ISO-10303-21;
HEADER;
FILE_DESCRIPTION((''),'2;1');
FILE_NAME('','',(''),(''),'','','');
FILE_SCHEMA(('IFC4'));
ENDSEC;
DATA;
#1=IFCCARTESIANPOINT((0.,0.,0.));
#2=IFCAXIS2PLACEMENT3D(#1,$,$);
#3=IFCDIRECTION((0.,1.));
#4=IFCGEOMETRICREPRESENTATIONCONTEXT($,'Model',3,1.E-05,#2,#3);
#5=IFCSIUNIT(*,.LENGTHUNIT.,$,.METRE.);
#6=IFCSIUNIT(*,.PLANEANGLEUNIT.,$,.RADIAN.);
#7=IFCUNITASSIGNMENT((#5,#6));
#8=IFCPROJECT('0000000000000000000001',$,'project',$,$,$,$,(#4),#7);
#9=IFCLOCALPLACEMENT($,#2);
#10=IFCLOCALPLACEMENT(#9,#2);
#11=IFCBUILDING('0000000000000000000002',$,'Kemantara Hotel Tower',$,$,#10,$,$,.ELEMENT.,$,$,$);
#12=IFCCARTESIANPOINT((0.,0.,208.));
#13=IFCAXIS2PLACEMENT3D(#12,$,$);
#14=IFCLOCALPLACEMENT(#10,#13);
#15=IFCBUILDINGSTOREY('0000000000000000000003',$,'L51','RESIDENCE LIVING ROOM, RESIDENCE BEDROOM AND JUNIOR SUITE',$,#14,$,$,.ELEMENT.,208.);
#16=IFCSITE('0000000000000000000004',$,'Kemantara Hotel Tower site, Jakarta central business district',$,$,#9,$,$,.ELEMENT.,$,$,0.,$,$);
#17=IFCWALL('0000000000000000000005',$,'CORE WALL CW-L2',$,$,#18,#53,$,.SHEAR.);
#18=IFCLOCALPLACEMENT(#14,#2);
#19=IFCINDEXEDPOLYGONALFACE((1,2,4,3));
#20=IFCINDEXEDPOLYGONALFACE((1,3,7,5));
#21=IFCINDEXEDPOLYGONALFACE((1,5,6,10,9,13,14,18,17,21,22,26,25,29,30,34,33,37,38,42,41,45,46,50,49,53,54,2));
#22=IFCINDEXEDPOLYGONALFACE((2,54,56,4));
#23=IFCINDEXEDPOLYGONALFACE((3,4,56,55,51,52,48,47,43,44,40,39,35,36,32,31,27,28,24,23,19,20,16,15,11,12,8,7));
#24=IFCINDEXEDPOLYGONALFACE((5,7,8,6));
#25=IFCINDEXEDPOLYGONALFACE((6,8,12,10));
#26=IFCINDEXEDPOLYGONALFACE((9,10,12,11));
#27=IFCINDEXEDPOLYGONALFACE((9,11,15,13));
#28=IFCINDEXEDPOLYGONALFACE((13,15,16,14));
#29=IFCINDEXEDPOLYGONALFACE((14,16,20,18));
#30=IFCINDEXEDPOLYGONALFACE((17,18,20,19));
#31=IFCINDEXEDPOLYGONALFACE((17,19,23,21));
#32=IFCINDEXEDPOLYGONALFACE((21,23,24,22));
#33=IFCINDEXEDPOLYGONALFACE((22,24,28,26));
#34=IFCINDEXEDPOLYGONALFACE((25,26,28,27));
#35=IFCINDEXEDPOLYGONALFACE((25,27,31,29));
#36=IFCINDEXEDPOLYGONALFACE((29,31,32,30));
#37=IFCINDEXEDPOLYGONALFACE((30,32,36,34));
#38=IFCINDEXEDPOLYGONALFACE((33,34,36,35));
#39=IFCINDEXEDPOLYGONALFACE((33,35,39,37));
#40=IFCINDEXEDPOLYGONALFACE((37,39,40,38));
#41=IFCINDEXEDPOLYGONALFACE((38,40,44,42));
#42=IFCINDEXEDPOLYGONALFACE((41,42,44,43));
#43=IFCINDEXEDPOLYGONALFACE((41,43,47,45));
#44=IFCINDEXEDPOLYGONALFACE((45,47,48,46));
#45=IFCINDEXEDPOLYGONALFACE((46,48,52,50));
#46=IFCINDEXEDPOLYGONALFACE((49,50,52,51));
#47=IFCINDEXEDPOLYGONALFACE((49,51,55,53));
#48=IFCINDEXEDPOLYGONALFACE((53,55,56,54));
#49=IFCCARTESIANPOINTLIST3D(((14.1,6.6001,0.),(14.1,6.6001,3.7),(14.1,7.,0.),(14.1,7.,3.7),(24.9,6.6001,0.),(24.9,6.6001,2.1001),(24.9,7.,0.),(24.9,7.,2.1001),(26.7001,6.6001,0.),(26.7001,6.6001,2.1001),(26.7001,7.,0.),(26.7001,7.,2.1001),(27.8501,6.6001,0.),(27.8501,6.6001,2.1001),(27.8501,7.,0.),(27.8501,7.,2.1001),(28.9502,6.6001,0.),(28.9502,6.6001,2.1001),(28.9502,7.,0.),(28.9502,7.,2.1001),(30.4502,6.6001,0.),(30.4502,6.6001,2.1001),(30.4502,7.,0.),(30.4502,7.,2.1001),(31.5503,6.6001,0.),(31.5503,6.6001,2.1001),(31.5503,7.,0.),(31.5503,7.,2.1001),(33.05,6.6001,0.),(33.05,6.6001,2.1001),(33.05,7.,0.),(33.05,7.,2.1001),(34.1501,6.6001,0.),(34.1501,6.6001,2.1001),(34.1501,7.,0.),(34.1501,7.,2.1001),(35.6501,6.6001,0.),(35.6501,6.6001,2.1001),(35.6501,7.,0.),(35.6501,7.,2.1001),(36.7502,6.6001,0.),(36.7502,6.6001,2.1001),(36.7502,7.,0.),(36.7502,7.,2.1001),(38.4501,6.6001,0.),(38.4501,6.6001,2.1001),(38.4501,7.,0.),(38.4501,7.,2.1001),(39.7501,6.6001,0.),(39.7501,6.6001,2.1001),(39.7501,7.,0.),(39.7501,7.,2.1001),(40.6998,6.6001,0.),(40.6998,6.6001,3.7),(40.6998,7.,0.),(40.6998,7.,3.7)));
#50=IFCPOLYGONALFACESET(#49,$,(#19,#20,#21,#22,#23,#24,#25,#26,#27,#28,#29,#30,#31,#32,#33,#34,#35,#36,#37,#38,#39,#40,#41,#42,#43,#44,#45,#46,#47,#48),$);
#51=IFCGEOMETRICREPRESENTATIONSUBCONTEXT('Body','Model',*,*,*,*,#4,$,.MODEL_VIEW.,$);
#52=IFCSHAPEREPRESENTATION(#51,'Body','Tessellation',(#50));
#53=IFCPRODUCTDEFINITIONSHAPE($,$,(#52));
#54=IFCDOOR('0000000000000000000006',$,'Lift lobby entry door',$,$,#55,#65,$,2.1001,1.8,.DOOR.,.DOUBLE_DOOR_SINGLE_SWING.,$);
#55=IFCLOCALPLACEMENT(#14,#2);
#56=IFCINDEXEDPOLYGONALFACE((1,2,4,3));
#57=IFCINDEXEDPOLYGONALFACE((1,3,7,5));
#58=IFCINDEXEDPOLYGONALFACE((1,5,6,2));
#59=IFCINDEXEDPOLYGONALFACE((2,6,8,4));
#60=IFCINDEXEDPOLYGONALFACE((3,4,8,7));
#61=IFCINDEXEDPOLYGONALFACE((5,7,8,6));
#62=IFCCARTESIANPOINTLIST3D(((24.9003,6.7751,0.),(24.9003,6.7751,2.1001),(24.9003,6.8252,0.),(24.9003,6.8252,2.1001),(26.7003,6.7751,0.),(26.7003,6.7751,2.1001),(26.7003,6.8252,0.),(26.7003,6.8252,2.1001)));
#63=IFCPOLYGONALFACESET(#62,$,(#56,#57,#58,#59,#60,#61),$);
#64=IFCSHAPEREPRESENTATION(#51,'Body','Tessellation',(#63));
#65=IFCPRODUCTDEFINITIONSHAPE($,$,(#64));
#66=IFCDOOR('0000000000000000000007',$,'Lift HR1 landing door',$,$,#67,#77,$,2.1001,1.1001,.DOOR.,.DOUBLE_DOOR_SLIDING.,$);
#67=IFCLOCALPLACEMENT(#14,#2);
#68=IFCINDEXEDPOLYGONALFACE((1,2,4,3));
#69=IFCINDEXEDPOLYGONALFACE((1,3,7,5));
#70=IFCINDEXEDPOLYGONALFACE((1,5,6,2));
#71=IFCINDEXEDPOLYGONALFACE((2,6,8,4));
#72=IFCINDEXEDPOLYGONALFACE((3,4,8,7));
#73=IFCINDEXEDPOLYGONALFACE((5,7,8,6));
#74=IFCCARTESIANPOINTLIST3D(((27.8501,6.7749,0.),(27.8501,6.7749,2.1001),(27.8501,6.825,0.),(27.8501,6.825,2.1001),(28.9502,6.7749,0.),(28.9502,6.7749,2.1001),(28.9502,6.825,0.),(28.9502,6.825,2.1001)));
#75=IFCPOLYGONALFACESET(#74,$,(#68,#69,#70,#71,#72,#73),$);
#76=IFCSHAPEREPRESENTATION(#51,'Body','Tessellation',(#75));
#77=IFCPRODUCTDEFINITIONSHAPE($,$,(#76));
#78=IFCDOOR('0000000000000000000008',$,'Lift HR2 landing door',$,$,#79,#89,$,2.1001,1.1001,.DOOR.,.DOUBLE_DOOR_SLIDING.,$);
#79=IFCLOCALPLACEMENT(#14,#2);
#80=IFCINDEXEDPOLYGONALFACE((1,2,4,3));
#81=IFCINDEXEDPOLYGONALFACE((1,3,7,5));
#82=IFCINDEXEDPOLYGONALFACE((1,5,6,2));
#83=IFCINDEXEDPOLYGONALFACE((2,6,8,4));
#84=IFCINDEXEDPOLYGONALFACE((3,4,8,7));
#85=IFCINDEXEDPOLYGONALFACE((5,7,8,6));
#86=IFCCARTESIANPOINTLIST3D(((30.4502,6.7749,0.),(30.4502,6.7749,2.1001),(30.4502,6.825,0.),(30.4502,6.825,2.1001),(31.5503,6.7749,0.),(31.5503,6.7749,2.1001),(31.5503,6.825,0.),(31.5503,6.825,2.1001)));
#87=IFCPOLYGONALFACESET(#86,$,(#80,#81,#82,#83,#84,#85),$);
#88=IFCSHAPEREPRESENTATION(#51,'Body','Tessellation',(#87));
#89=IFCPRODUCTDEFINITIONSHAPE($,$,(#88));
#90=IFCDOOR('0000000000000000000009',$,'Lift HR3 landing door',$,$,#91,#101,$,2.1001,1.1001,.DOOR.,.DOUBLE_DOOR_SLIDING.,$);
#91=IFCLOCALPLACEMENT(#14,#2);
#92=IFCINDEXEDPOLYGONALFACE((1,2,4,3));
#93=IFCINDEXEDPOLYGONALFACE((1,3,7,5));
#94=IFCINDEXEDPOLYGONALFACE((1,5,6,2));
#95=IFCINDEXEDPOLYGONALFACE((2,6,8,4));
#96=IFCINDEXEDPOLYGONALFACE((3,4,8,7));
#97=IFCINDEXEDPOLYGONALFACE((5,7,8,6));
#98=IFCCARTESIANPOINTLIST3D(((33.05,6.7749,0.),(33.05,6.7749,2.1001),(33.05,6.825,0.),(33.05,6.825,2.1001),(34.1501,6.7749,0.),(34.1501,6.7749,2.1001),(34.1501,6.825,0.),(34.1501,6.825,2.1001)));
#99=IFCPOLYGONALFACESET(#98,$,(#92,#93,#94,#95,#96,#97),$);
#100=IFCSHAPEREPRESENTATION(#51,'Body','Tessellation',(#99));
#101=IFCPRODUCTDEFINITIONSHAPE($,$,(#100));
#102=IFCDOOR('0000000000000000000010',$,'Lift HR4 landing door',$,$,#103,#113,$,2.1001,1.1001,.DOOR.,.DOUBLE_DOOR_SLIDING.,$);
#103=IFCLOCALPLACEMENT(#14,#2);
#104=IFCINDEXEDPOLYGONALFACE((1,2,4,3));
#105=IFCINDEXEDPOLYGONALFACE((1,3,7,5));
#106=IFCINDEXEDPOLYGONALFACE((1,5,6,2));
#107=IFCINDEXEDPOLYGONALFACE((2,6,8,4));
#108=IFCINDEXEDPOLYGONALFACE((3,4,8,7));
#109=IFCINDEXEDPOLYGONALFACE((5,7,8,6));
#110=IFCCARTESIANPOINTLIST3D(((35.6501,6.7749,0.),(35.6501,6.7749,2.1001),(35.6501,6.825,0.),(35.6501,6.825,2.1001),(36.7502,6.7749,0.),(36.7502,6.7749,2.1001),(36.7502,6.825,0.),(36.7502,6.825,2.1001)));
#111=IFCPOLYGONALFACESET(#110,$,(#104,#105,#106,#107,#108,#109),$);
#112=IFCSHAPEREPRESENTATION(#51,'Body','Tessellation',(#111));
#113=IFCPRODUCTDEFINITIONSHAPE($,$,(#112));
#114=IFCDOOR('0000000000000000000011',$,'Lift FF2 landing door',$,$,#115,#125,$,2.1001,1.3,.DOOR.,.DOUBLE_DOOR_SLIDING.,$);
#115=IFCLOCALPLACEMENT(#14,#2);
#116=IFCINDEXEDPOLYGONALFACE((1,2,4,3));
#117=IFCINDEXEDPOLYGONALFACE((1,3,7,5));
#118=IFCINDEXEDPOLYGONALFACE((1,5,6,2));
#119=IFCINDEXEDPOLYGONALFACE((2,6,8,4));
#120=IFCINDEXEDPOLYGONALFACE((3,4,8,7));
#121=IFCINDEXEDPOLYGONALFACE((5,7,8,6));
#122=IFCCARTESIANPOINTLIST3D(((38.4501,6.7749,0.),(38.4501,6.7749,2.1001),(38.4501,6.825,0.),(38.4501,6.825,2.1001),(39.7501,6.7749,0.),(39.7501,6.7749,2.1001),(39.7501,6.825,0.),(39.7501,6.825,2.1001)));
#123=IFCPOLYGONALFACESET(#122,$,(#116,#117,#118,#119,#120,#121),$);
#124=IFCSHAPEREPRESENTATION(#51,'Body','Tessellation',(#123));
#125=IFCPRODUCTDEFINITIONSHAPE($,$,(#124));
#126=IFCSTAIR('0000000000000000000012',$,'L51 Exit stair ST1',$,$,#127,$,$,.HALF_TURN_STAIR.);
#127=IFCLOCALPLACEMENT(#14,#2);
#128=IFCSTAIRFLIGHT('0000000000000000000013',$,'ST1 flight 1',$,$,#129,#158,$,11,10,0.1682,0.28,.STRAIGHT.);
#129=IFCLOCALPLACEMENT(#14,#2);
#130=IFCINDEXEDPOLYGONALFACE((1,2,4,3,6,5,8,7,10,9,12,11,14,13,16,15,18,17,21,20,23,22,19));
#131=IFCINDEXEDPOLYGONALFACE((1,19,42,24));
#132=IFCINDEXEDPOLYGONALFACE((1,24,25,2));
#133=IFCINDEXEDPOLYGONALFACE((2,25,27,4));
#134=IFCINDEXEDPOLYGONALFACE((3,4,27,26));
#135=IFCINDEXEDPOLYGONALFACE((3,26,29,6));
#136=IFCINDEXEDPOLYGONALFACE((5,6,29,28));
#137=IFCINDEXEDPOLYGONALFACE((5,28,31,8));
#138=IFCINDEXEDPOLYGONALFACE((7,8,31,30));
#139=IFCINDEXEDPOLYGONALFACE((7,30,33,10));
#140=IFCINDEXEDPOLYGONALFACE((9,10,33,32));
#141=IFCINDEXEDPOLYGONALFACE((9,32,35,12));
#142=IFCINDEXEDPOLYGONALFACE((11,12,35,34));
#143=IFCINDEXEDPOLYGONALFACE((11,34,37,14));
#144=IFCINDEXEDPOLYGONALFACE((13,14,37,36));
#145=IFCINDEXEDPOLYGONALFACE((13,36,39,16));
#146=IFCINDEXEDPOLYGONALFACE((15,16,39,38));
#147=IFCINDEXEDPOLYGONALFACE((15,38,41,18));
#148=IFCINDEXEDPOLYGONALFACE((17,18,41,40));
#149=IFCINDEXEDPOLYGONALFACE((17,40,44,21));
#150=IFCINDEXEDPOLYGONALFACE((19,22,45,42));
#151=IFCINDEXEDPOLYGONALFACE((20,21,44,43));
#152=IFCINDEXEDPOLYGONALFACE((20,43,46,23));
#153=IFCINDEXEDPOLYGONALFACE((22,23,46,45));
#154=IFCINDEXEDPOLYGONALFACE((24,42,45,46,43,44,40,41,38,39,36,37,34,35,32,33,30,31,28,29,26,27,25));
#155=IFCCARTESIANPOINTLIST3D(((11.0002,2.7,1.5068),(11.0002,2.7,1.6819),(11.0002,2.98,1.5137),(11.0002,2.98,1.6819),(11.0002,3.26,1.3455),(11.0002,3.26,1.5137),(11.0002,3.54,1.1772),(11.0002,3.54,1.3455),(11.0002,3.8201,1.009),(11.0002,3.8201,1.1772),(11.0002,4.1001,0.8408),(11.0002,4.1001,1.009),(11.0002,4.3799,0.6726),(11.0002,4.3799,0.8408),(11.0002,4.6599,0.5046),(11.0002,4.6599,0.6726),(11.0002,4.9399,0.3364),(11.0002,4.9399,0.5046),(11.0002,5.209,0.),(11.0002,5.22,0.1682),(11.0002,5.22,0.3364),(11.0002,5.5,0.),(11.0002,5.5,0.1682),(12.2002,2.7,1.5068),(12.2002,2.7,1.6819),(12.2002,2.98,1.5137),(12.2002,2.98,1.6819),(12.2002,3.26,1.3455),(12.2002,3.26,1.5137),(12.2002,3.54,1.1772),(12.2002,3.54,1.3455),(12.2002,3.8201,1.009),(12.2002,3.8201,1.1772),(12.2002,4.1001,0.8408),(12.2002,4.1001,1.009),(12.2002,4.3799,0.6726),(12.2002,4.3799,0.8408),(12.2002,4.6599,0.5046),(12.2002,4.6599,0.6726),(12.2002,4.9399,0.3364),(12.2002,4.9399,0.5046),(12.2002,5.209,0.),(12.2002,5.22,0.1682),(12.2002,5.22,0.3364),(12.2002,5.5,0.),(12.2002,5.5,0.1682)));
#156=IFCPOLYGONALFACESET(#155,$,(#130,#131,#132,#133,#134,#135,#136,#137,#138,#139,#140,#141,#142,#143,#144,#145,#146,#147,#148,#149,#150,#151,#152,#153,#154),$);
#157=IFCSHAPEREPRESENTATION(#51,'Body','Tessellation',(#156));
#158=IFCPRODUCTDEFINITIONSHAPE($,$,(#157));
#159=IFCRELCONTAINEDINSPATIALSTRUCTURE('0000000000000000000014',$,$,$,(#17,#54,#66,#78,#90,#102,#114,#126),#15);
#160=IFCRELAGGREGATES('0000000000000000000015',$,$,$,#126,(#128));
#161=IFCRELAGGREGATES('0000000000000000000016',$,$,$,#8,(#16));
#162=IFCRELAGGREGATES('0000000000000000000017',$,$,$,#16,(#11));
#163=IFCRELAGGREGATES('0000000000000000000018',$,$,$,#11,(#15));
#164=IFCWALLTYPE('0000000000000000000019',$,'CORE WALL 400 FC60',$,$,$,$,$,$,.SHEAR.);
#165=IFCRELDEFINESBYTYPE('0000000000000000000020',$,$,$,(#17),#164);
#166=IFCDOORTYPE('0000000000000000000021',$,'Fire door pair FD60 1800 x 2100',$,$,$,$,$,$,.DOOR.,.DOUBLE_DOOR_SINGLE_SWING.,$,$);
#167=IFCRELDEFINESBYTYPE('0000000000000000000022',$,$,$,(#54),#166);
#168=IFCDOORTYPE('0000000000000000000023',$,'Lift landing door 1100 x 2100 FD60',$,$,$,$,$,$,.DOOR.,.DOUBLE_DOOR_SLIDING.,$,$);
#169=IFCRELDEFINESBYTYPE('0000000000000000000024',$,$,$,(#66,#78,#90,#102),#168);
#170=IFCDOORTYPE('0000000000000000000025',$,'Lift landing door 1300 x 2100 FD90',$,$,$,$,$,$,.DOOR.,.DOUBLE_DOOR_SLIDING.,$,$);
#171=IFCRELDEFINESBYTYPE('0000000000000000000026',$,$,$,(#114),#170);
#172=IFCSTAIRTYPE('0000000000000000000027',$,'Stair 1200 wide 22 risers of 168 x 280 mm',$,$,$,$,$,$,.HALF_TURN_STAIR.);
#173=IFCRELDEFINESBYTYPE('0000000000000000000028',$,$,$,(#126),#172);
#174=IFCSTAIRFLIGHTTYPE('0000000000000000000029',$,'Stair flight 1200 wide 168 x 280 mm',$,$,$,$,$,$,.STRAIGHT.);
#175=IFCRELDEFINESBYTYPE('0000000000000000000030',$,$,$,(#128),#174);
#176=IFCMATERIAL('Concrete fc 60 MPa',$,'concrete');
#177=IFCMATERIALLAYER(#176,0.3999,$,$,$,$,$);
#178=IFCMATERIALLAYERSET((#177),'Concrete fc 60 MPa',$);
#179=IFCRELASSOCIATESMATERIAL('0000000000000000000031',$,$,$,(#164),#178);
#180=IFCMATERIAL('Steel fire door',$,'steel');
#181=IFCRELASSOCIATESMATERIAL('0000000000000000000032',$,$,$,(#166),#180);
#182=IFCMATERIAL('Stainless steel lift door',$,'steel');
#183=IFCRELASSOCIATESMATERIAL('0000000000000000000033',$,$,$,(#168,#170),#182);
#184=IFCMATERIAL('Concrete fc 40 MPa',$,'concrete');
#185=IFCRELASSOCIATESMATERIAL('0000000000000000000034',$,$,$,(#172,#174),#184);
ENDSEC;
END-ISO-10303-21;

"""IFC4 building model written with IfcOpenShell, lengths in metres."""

from ifc_helpers import new_model, si_unit, direction, frame, frame_2d, origin, place, context, subcontext, project, spatial, polyline, rectangle, outline, extrude, material, layer, layer_set, type_object, element, fill, aggregate, save


model = new_model("IFC4")

# Units and contexts
model_context = context("Model", 3, precision=1e-05, world=origin(), true_north=direction((0.0, 1.0)))
body_context = subcontext(model_context, "Body", "Model", "MODEL_VIEW")
ifc_project = project(units=[si_unit("LENGTHUNIT", "METRE"), si_unit("PLANEANGLEUNIT", "RADIAN")], contexts=[model_context])

# Site, building, storey
site_placement = place(None, origin())
site = spatial("IfcSite", under=ifc_project, at=site_placement, Name="Kemantara Hotel Tower site, Jakarta central business district", CompositionType="ELEMENT", RefElevation=0.0)
building_placement = place(site_placement, origin())
building = spatial("IfcBuilding", under=site, at=building_placement, Name="Kemantara Hotel Tower", CompositionType="ELEMENT")
storey_placement = place(building_placement, frame((0.0, 0.0, 208.0)))
storey = spatial("IfcBuildingStorey", under=building, at=storey_placement, Name="L51", Description="RESIDENCE LIVING ROOM, RESIDENCE BEDROOM AND JUNIOR SUITE", CompositionType="ELEMENT", Elevation=208.0)

# Shared definitions
ifc_material_1 = material(Name="Concrete fc 60 MPa", Category="concrete")

# Shared definitions
ifc_layer_1 = layer(ifc_material_1, 0.3999)
ifc_layer_set_1 = layer_set([ifc_layer_1], Name="Concrete fc 60 MPa")
wall_type_1 = type_object("IfcWallType", Name="CORE WALL 400 FC60", PredefinedType="SHEAR", material=ifc_layer_set_1)
ifc_material_2 = material(Name="Steel fire door", Category="steel")

# Wall, openings, doors
wall_1_placement = place(storey_placement, frame((14.1001, 6.8, 0.0), z_axis=(0.0, 0.0, 1.0), x_axis=(1.0, 0.0, 0.0)))
wall_1 = element("IfcWall", 1, at=wall_1_placement, inside=storey, type_object=wall_type_1, Name="CORE WALL CW-L2", PredefinedType="SHEAR", context=body_context, shape_type="SweptSolid", body=[
    extrude(rectangle(XDim=26.5999, YDim=0.3999, at=frame_2d((13.2998, 0.0))), origin(), (0.0, 0.0, 1.0), 3.7),
])
opening_1_placement = place(wall_1_placement, frame((10.8, 0.0, 0.0)))
opening_1 = element("IfcOpeningElement", 2, at=opening_1_placement, cuts=wall_1, PredefinedType="OPENING", context=body_context, shape_type="SweptSolid", body=[
    extrude(rectangle(XDim=1.8, YDim=2.1001, at=frame_2d((0.8999, 1.05))), frame((0.0, 0.21, 0.0), z_axis=(0.0, -1.0, 0.0), x_axis=(1.0, 0.0, 0.0)), (0.0, 0.0, 1.0), 0.4199),
])
opening_2_placement = place(wall_1_placement, frame((13.75, 0.0, 0.0)))
opening_2 = element("IfcOpeningElement", 3, at=opening_2_placement, cuts=wall_1, PredefinedType="OPENING", context=body_context, shape_type="SweptSolid", body=[
    extrude(rectangle(XDim=1.1001, YDim=2.1001, at=frame_2d((0.55, 1.05))), frame((0.0, 0.21, 0.0), z_axis=(0.0, -1.0, 0.0), x_axis=(1.0, 0.0, 0.0)), (0.0, 0.0, 1.0), 0.4199),
])
opening_3_placement = place(wall_1_placement, frame((16.3501, 0.0, 0.0)))
opening_3 = element("IfcOpeningElement", 4, at=opening_3_placement, cuts=wall_1, PredefinedType="OPENING", context=body_context, shape_type="SweptSolid", body=[
    extrude(rectangle(XDim=1.1001, YDim=2.1001, at=frame_2d((0.55, 1.05))), frame((0.0, 0.21, 0.0), z_axis=(0.0, -1.0, 0.0), x_axis=(1.0, 0.0, 0.0)), (0.0, 0.0, 1.0), 0.4199),
])
opening_4_placement = place(wall_1_placement, frame((18.95, 0.0, 0.0)))
opening_4 = element("IfcOpeningElement", 5, at=opening_4_placement, cuts=wall_1, PredefinedType="OPENING", context=body_context, shape_type="SweptSolid", body=[
    extrude(rectangle(XDim=1.1001, YDim=2.1001, at=frame_2d((0.55, 1.05))), frame((0.0, 0.21, 0.0), z_axis=(0.0, -1.0, 0.0), x_axis=(1.0, 0.0, 0.0)), (0.0, 0.0, 1.0), 0.4199),
])
opening_5_placement = place(wall_1_placement, frame((21.55, 0.0, 0.0)))
opening_5 = element("IfcOpeningElement", 6, at=opening_5_placement, cuts=wall_1, PredefinedType="OPENING", context=body_context, shape_type="SweptSolid", body=[
    extrude(rectangle(XDim=1.1001, YDim=2.1001, at=frame_2d((0.55, 1.05))), frame((0.0, 0.21, 0.0), z_axis=(0.0, -1.0, 0.0), x_axis=(1.0, 0.0, 0.0)), (0.0, 0.0, 1.0), 0.4199),
])
opening_6_placement = place(wall_1_placement, frame((24.3501, 0.0, 0.0)))
opening_6 = element("IfcOpeningElement", 7, at=opening_6_placement, cuts=wall_1, PredefinedType="OPENING", context=body_context, shape_type="SweptSolid", body=[
    extrude(rectangle(XDim=1.3, YDim=2.1001, at=frame_2d((0.6499, 1.05))), frame((0.0, 0.21, 0.0), z_axis=(0.0, -1.0, 0.0), x_axis=(1.0, 0.0, 0.0)), (0.0, 0.0, 1.0), 0.4199),
])
door_type_1 = type_object("IfcDoorType", Name="Fire door pair FD60 1800 x 2100", OperationType="DOUBLE_DOOR_SINGLE_SWING", PredefinedType="DOOR", material=ifc_material_2)
door_1_placement = place(opening_1_placement, frame((1.8, 0.0, 0.0), z_axis=(0.0, 0.0, 1.0), x_axis=(-1.0, 0.0, 0.0)))
door_1 = element("IfcDoor", 8, at=door_1_placement, inside=storey, type_object=door_type_1, Name="Lift lobby entry door", OperationType="DOUBLE_DOOR_SINGLE_SWING", OverallHeight=2.1001, OverallWidth=1.8, PredefinedType="DOOR", context=body_context, shape_type="SweptSolid", body=[
    extrude(rectangle(XDim=1.8, YDim=2.1001, at=frame_2d((0.8999, 1.05))), frame((0.0, 0.0249, 0.0), z_axis=(0.0, -1.0, 0.0), x_axis=(1.0, 0.0, 0.0)), (0.0, 0.0, 1.0), 0.05),
])
fill(opening_1, door_1)
ifc_material_3 = material(Name="Stainless steel lift door", Category="steel")
door_type_2 = type_object("IfcDoorType", Name="Lift landing door 1100 x 2100 FD60", OperationType="DOUBLE_DOOR_SLIDING", PredefinedType="DOOR", material=ifc_material_3)
door_2_placement = place(opening_2_placement, origin())
door_2 = element("IfcDoor", 9, at=door_2_placement, inside=storey, type_object=door_type_2, Name="Lift HR1 landing door", OperationType="DOUBLE_DOOR_SLIDING", OverallHeight=2.1001, OverallWidth=1.1001, PredefinedType="DOOR", context=body_context, shape_type="SweptSolid", body=[
    extrude(rectangle(XDim=1.1001, YDim=2.1001, at=frame_2d((0.55, 1.05))), frame((0.0, 0.0249, 0.0), z_axis=(0.0, -1.0, 0.0), x_axis=(1.0, 0.0, 0.0)), (0.0, 0.0, 1.0), 0.05),
])
fill(opening_2, door_2)
door_3_placement = place(opening_3_placement, origin())
door_3 = element("IfcDoor", 10, at=door_3_placement, inside=storey, type_object=door_type_2, Name="Lift HR2 landing door", OperationType="DOUBLE_DOOR_SLIDING", OverallHeight=2.1001, OverallWidth=1.1001, PredefinedType="DOOR", context=body_context, shape_type="SweptSolid", body=[
    extrude(rectangle(XDim=1.1001, YDim=2.1001, at=frame_2d((0.55, 1.05))), frame((0.0, 0.0249, 0.0), z_axis=(0.0, -1.0, 0.0), x_axis=(1.0, 0.0, 0.0)), (0.0, 0.0, 1.0), 0.05),
])
fill(opening_3, door_3)
door_4_placement = place(opening_4_placement, origin())
door_4 = element("IfcDoor", 11, at=door_4_placement, inside=storey, type_object=door_type_2, Name="Lift HR3 landing door", OperationType="DOUBLE_DOOR_SLIDING", OverallHeight=2.1001, OverallWidth=1.1001, PredefinedType="DOOR", context=body_context, shape_type="SweptSolid", body=[
    extrude(rectangle(XDim=1.1001, YDim=2.1001, at=frame_2d((0.55, 1.05))), frame((0.0, 0.0249, 0.0), z_axis=(0.0, -1.0, 0.0), x_axis=(1.0, 0.0, 0.0)), (0.0, 0.0, 1.0), 0.05),
])
fill(opening_4, door_4)
door_5_placement = place(opening_5_placement, origin())
door_5 = element("IfcDoor", 12, at=door_5_placement, inside=storey, type_object=door_type_2, Name="Lift HR4 landing door", OperationType="DOUBLE_DOOR_SLIDING", OverallHeight=2.1001, OverallWidth=1.1001, PredefinedType="DOOR", context=body_context, shape_type="SweptSolid", body=[
    extrude(rectangle(XDim=1.1001, YDim=2.1001, at=frame_2d((0.55, 1.05))), frame((0.0, 0.0249, 0.0), z_axis=(0.0, -1.0, 0.0), x_axis=(1.0, 0.0, 0.0)), (0.0, 0.0, 1.0), 0.05),
])
fill(opening_5, door_5)
door_type_3 = type_object("IfcDoorType", Name="Lift landing door 1300 x 2100 FD90", OperationType="DOUBLE_DOOR_SLIDING", PredefinedType="DOOR", material=ifc_material_3)
door_6_placement = place(opening_6_placement, origin())
door_6 = element("IfcDoor", 13, at=door_6_placement, inside=storey, type_object=door_type_3, Name="Lift FF2 landing door", OperationType="DOUBLE_DOOR_SLIDING", OverallHeight=2.1001, OverallWidth=1.3, PredefinedType="DOOR", context=body_context, shape_type="SweptSolid", body=[
    extrude(rectangle(XDim=1.3, YDim=2.1001, at=frame_2d((0.6499, 1.05))), frame((0.0, 0.0249, 0.0), z_axis=(0.0, -1.0, 0.0), x_axis=(1.0, 0.0, 0.0)), (0.0, 0.0, 1.0), 0.05),
])
fill(opening_6, door_6)

# Stair, stair flight
ifc_material_4 = material(Name="Concrete fc 40 MPa", Category="concrete")
stair_type = type_object("IfcStairType", Name="Stair 1200 wide 22 risers of 168 x 280 mm", PredefinedType="HALF_TURN_STAIR", material=ifc_material_4)
stair_placement = place(storey_placement, origin())
stair = element("IfcStair", 14, at=stair_placement, inside=storey, type_object=stair_type, Name="L51 Exit stair ST1", PredefinedType="HALF_TURN_STAIR")
stair_flight_type = type_object("IfcStairFlightType", Name="Stair flight 1200 wide 168 x 280 mm", PredefinedType="STRAIGHT", material=ifc_material_4)
stair_flight_placement = place(storey_placement, frame((11.6001, 5.5, 0.0), z_axis=(0.0, 0.0, 1.0), x_axis=(0.0, -1.0, 0.0)))
stair_flight = element("IfcStairFlight", 15, at=stair_flight_placement, type_object=stair_flight_type, Name="ST1 flight 1", NumberOfRisers=11, NumberOfTreads=10, PredefinedType="STRAIGHT", RiserHeight=0.1682, TreadLength=0.28, context=body_context, shape_type="SweptSolid", body=[
    extrude(outline(polyline([(0.0, 0.0), (0.0, 0.1682), (0.28, 0.1682), (0.28, 0.3364), (0.5601, 0.3364), (0.5601, 0.5046), (0.8401, 0.5046), (0.8401, 0.6726), (1.1201, 0.6726), (1.1201, 0.8408), (1.3999, 0.8408), (1.3999, 1.009), (1.6799, 1.009), (1.6799, 1.1772), (1.96, 1.1772), (1.96, 1.3455), (2.24, 1.3455), (2.24, 1.5137), (2.52, 1.5137), (2.52, 1.6819), (2.8, 1.6819), (2.8, 1.8501), (2.8, 1.5068), (0.291, 0.0), (0.0, 0.0)])), frame((0.0, 0.6001, 0.0), z_axis=(0.0, -1.0, 0.0), x_axis=(1.0, 0.0, 0.0)), (0.0, 0.0, 1.0), 1.2),
])
aggregate(stair, [stair_flight])

save(model, "model.ifc")
